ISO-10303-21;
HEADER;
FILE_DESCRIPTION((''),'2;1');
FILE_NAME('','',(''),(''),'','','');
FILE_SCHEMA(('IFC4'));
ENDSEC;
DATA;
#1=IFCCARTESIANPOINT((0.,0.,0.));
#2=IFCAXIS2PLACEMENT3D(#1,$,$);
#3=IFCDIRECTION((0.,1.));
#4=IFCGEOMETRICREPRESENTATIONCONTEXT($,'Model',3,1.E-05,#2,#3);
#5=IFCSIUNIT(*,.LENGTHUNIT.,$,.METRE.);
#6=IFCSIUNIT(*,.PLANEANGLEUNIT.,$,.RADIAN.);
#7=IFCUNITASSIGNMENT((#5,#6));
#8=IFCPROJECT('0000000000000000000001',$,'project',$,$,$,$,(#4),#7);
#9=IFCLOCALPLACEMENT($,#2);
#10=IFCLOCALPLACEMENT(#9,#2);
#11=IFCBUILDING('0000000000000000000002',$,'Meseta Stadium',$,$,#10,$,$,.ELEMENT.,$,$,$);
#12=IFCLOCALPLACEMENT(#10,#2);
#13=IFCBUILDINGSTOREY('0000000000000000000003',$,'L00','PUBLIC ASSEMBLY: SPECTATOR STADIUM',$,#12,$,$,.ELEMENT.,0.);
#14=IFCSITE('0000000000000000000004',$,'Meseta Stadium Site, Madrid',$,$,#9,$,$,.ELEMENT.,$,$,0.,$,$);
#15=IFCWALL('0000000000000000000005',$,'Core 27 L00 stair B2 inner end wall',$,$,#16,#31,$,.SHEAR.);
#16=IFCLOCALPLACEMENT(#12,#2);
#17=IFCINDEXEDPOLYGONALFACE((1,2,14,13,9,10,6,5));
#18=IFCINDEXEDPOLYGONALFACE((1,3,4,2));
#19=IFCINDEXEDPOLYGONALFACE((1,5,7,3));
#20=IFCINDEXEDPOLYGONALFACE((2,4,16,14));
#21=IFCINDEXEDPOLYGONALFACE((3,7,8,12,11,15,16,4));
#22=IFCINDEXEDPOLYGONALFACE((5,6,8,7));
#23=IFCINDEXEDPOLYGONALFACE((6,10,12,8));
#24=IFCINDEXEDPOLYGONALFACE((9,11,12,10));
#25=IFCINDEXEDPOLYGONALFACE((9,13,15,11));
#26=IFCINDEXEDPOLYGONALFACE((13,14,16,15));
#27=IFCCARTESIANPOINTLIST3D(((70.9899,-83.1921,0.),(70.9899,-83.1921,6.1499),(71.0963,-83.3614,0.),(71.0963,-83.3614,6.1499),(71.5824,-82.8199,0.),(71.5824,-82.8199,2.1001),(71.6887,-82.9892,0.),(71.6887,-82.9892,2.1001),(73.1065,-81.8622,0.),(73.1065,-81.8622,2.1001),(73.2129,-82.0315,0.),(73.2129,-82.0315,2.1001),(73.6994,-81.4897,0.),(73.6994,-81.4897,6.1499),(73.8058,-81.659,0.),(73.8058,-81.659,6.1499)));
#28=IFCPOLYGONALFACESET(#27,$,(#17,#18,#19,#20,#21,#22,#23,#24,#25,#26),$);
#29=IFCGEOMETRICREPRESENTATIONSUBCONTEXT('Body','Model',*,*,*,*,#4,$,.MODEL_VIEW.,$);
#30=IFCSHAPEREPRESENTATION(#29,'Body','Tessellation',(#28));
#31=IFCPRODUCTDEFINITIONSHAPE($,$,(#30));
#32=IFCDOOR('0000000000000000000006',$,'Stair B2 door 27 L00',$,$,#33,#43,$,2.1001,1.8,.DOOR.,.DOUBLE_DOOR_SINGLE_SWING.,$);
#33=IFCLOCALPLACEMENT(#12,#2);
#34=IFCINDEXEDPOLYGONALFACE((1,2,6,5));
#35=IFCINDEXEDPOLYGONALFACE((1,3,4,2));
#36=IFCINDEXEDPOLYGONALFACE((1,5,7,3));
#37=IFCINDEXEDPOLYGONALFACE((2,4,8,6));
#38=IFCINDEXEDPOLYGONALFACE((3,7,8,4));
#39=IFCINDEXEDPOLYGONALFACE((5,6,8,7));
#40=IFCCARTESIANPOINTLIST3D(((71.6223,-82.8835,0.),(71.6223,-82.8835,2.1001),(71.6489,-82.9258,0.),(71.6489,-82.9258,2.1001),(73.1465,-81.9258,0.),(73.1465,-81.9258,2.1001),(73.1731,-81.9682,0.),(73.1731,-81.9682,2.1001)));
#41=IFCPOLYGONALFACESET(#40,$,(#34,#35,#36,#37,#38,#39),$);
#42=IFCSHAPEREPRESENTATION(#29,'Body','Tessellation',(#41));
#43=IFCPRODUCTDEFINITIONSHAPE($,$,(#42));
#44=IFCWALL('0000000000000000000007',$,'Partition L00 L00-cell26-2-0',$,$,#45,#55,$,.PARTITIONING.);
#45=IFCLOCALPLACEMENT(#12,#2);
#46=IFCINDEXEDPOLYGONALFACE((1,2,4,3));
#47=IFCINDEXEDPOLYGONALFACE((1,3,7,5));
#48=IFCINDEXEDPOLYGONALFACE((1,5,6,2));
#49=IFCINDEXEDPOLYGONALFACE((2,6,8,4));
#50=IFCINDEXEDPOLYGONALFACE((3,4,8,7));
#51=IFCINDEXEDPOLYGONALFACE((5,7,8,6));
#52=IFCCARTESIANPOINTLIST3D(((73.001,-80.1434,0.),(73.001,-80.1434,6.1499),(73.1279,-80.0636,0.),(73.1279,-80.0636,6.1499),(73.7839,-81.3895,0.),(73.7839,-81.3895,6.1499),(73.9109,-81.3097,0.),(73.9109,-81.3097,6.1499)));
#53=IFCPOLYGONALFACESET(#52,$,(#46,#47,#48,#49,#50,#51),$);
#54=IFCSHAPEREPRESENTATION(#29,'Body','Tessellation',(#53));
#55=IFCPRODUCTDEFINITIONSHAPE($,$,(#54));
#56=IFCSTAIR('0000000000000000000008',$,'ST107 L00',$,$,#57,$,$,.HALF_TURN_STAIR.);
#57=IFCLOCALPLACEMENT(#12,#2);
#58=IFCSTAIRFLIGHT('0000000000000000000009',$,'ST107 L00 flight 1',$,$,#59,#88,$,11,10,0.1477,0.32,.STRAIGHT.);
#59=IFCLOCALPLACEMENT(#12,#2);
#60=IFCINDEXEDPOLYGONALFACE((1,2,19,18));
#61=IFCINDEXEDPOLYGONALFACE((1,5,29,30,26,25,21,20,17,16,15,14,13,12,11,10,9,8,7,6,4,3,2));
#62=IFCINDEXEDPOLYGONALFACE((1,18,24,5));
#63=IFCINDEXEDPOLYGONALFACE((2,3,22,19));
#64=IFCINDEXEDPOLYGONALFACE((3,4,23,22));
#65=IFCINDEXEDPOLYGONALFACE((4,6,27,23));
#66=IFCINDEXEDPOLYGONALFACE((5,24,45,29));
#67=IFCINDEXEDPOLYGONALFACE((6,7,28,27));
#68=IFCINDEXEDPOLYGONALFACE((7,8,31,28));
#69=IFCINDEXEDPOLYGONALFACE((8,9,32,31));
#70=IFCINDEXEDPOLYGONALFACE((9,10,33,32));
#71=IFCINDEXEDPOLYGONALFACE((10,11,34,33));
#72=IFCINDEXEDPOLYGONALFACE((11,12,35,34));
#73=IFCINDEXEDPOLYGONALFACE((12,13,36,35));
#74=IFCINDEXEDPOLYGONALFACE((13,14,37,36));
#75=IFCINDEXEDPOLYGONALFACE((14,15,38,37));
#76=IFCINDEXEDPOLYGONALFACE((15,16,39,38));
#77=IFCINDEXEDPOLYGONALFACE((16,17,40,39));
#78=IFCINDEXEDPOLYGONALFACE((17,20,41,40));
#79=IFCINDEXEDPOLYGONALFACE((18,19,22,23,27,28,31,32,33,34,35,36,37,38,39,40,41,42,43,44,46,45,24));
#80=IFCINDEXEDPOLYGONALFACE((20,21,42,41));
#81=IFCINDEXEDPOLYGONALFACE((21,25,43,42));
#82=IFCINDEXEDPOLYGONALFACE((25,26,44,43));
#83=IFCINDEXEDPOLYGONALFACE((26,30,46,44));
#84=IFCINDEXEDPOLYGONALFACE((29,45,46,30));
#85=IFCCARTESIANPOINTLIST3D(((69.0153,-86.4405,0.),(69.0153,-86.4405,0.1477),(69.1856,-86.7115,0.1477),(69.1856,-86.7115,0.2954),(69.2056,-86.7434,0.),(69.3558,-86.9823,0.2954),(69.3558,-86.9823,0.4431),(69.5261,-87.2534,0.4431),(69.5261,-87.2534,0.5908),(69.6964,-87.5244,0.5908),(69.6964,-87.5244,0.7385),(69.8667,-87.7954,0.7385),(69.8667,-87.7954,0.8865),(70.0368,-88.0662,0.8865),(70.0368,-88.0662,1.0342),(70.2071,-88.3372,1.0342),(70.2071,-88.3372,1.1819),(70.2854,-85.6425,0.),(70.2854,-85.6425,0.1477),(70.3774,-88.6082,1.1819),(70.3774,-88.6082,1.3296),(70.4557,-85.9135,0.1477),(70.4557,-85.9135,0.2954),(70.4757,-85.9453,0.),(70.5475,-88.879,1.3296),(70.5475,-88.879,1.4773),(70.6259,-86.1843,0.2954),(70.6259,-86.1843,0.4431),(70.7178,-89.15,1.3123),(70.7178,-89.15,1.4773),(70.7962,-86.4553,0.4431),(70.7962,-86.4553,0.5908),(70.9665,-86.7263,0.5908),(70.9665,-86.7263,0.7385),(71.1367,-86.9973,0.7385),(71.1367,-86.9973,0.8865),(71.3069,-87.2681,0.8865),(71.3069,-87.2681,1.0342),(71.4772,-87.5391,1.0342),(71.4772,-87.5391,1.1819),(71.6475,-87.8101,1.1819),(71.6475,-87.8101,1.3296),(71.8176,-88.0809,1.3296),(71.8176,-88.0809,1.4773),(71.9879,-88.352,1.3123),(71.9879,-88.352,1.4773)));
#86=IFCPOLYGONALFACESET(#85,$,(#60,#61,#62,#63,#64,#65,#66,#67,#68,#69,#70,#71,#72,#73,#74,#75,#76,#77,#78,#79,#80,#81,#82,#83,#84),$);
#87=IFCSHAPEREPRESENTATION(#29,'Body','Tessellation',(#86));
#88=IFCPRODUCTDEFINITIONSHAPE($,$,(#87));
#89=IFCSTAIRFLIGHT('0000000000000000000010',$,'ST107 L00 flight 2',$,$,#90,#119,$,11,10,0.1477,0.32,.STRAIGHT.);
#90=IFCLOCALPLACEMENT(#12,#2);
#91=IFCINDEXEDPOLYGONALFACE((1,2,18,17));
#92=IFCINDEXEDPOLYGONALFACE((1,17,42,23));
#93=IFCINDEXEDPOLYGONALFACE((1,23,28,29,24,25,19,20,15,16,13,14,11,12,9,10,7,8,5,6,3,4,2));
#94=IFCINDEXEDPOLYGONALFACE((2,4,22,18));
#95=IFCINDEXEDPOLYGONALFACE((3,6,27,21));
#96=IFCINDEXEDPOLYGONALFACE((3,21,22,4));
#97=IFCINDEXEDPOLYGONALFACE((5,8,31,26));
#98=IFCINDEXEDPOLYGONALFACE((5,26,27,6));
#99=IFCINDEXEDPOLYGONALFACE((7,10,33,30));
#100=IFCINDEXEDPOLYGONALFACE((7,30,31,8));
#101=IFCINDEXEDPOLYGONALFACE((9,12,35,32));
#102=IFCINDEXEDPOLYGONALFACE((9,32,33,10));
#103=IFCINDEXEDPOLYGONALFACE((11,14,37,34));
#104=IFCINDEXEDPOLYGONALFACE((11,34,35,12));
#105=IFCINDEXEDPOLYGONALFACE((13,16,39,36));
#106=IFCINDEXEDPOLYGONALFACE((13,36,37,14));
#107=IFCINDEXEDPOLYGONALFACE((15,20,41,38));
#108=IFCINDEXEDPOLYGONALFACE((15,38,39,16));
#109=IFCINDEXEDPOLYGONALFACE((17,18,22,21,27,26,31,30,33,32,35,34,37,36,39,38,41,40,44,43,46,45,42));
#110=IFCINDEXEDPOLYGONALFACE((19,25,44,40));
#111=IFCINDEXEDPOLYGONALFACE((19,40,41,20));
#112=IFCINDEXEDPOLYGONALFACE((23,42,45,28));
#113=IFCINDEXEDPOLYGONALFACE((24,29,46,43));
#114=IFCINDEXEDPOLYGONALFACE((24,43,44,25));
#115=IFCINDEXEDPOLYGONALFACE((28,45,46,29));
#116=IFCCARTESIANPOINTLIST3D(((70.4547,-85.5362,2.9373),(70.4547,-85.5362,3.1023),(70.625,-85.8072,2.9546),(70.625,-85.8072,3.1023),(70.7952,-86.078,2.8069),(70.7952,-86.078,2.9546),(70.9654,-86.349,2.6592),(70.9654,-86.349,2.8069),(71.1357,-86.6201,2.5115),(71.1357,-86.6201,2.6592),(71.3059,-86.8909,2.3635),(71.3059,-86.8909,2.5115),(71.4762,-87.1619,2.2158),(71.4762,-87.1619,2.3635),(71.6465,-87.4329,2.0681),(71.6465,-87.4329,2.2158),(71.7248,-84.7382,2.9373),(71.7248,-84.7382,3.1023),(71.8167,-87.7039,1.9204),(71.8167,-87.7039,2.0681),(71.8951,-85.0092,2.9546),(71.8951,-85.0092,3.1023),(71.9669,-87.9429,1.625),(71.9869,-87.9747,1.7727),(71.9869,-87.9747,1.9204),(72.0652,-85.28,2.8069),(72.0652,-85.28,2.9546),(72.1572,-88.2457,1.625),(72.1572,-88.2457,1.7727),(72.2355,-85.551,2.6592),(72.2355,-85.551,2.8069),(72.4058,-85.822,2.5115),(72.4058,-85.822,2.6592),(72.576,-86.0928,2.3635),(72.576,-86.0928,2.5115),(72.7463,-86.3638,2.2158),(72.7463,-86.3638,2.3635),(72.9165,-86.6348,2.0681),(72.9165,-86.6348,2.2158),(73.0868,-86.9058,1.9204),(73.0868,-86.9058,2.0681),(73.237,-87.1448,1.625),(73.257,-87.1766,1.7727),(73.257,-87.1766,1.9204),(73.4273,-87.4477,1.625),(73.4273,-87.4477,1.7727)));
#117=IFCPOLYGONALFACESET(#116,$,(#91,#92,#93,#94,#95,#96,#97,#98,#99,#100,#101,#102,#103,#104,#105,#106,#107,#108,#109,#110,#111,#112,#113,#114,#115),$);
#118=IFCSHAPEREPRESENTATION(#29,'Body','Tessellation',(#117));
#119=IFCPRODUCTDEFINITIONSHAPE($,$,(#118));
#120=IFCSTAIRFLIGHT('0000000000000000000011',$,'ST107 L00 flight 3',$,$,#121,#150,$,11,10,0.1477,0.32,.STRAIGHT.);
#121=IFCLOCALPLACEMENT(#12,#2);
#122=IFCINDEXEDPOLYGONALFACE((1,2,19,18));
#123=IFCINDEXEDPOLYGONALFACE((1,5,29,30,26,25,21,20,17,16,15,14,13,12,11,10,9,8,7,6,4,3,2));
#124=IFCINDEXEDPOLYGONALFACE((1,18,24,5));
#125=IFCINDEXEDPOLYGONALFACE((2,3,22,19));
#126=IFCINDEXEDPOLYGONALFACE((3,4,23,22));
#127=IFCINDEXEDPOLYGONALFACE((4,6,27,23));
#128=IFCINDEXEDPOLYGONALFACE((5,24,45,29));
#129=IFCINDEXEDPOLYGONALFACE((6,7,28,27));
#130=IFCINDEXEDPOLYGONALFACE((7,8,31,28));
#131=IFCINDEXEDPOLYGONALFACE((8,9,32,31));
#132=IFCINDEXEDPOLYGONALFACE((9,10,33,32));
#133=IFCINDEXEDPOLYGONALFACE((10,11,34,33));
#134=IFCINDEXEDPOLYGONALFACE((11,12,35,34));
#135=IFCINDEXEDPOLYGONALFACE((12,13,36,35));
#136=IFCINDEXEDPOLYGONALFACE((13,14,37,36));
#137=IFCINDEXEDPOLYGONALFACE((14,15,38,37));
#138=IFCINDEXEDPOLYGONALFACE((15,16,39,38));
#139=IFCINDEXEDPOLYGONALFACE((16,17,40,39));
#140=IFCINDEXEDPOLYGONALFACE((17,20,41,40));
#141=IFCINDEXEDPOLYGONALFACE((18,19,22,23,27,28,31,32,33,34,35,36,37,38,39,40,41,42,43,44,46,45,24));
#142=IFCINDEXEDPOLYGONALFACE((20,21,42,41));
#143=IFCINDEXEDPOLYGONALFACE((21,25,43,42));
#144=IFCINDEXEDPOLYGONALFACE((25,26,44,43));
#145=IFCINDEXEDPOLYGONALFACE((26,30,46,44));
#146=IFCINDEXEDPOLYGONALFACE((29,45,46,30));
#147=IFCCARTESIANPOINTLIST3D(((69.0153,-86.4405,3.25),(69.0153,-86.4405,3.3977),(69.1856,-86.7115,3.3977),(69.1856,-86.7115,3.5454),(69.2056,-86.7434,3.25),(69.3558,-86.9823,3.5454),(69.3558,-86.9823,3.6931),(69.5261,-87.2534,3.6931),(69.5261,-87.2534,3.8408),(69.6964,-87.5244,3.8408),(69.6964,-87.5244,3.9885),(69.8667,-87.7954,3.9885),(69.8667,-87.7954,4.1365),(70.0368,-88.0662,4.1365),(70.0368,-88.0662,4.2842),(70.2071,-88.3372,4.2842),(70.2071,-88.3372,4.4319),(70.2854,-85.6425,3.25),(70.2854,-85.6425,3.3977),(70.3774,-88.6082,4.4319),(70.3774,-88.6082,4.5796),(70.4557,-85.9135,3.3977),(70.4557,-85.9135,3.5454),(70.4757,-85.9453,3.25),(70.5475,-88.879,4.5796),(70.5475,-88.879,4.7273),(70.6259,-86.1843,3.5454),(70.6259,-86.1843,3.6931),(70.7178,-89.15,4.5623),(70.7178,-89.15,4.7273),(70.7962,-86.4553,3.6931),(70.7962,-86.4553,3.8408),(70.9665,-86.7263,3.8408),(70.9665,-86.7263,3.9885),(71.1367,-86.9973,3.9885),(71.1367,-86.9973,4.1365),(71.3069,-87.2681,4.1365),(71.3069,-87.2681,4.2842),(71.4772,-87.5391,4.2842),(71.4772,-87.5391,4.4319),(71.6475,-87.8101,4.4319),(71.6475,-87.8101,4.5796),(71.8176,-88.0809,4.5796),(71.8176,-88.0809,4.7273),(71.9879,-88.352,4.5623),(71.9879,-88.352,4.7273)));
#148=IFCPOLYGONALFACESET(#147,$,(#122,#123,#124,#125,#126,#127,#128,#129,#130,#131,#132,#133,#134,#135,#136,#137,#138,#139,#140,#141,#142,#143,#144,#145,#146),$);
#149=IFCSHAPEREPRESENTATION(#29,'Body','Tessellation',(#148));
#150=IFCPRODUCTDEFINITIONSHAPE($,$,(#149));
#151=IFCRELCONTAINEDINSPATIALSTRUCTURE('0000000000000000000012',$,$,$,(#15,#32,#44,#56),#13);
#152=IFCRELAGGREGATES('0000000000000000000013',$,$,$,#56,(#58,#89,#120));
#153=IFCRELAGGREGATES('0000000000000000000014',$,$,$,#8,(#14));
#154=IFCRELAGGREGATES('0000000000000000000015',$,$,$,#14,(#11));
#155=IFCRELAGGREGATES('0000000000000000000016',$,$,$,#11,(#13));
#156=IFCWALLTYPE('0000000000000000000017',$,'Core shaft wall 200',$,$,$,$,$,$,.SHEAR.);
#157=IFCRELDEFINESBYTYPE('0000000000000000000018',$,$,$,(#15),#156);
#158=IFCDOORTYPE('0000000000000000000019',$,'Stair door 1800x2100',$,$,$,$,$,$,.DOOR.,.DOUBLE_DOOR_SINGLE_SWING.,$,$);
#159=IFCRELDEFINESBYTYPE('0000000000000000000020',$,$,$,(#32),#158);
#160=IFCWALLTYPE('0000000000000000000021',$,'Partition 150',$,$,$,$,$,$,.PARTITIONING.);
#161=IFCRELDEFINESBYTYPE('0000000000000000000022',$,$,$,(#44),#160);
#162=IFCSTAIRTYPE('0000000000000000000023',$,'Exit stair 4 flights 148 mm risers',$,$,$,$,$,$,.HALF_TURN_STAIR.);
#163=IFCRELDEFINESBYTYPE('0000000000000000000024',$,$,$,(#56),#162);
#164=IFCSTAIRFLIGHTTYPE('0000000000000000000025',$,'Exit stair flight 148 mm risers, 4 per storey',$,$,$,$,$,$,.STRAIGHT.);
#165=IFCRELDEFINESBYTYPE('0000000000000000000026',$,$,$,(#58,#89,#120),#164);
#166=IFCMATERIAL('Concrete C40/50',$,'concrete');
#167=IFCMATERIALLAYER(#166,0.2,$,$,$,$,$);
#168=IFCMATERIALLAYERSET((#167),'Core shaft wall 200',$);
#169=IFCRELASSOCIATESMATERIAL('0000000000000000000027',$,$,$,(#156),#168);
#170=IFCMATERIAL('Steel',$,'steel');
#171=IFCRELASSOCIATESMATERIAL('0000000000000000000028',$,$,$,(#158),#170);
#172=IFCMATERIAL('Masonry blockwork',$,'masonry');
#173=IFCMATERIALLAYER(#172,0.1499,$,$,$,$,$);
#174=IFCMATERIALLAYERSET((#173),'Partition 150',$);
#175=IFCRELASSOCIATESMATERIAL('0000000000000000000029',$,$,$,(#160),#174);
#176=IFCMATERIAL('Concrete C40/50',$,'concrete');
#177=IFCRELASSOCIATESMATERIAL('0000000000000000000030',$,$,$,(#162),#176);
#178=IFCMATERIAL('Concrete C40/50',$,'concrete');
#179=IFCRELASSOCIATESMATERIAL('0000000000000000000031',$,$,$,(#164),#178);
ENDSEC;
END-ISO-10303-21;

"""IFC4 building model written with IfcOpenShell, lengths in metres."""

from ifc_helpers import new_model, si_unit, direction, frame, frame_2d, origin, place, context, subcontext, project, spatial, polyline, rectangle, outline, extrude, material, layer, layer_set, type_object, element, fill, aggregate, save


model = new_model("IFC4")

# Units and contexts
model_context = context("Model", 3, precision=1e-05, world=origin(), true_north=direction((0.0, 1.0)))
body_context = subcontext(model_context, "Body", "Model", "MODEL_VIEW")
ifc_project = project(units=[si_unit("LENGTHUNIT", "METRE"), si_unit("PLANEANGLEUNIT", "RADIAN")], contexts=[model_context])

# Site, building, storey
site_placement = place(None, origin())
site = spatial("IfcSite", under=ifc_project, at=site_placement, Name="Meseta Stadium Site, Madrid", CompositionType="ELEMENT", RefElevation=0.0)
building_placement = place(site_placement, origin())
building = spatial("IfcBuilding", under=site, at=building_placement, Name="Meseta Stadium", CompositionType="ELEMENT")
storey_placement = place(building_placement, origin())
storey = spatial("IfcBuildingStorey", under=building, at=storey_placement, Name="L00", Description="PUBLIC ASSEMBLY: SPECTATOR STADIUM", CompositionType="ELEMENT", Elevation=0.0)

# Wall, opening, door
ifc_material_1 = material(Name="Concrete C40/50", Category="concrete")
ifc_layer_1 = layer(ifc_material_1, 0.2)
ifc_layer_set_1 = layer_set([ifc_layer_1], Name="Core shaft wall 200")
wall_type_1 = type_object("IfcWallType", Name="Core shaft wall 200", PredefinedType="SHEAR", material=ifc_layer_set_1)
wall_1_placement = place(storey_placement, frame((71.043, -83.2769, 0.0), z_axis=(0.0, 0.0, 1.0), x_axis=(0.846736, 0.532014, 0.0)))
wall_1 = element("IfcWall", 1, at=wall_1_placement, inside=storey, type_object=wall_type_1, Name="Core 27 L00 stair B2 inner end wall", PredefinedType="SHEAR", context=body_context, shape_type="SweptSolid", body=[
    extrude(rectangle(XDim=3.2, YDim=0.2, at=frame_2d((1.6001, 0.0))), origin(), (0.0, 0.0, 1.0), 6.1499),
])
opening_placement = place(wall_1_placement, frame((0.7, 0.0, 0.0)))
opening = element("IfcOpeningElement", 2, at=opening_placement, cuts=wall_1, PredefinedType="OPENING", context=body_context, shape_type="SweptSolid", body=[
    extrude(rectangle(XDim=1.8, YDim=2.1001, at=frame_2d((0.8999, 1.05))), frame((0.0, 0.1099, 0.0), z_axis=(0.0, -1.0, 0.0), x_axis=(1.0, 0.0, 0.0)), (0.0, 0.0, 1.0), 0.22),
])
ifc_material_2 = material(Name="Steel", Category="steel")
door_type = type_object("IfcDoorType", Name="Stair door 1800x2100", OperationType="DOUBLE_DOOR_SINGLE_SWING", PredefinedType="DOOR", material=ifc_material_2)
door_placement = place(opening_placement, origin())
door = element("IfcDoor", 3, at=door_placement, inside=storey, type_object=door_type, Name="Stair B2 door 27 L00", OperationType="DOUBLE_DOOR_SINGLE_SWING", OverallHeight=2.1001, OverallWidth=1.8, PredefinedType="DOOR", context=body_context, shape_type="SweptSolid", body=[
    extrude(rectangle(XDim=1.8, YDim=2.1001, at=frame_2d((0.8999, 1.05))), frame((0.0, 0.0249, 0.0), z_axis=(0.0, -1.0, 0.0), x_axis=(1.0, 0.0, 0.0)), (0.0, 0.0, 1.0), 0.05),
])
fill(opening, door)

# Wall
ifc_material_3 = material(Name="Masonry blockwork", Category="masonry")
ifc_layer_2 = layer(ifc_material_3, 0.1499)
ifc_layer_set_2 = layer_set([ifc_layer_2], Name="Partition 150")
wall_type_2 = type_object("IfcWallType", Name="Partition 150", PredefinedType="PARTITIONING", material=ifc_layer_set_2)
wall_2_placement = place(storey_placement, frame((73.8474, -81.3496, 0.0), z_axis=(0.0, 0.0, 1.0), x_axis=(-0.532025, 0.846728, 0.0)))
element("IfcWall", 4, at=wall_2_placement, inside=storey, type_object=wall_type_2, Name="Partition L00 L00-cell26-2-0", PredefinedType="PARTITIONING", context=body_context, shape_type="SweptSolid", body=[
    extrude(rectangle(XDim=1.4717, YDim=0.1499, at=frame_2d((0.7358, 0.0))), origin(), (0.0, 0.0, 1.0), 6.1499),
])

# Stair, stair flights
ifc_material_4 = material(Name="Concrete C40/50", Category="concrete")
stair_type = type_object("IfcStairType", Name="Exit stair 4 flights 148 mm risers", PredefinedType="HALF_TURN_STAIR", material=ifc_material_4)
stair_1_placement = place(storey_placement, origin())
stair_1 = element("IfcStair", 5, at=stair_1_placement, inside=storey, type_object=stair_type, Name="ST107 L00", PredefinedType="HALF_TURN_STAIR")
ifc_material_5 = material(Name="Concrete C40/50", Category="concrete")
stair_flight_type = type_object("IfcStairFlightType", Name="Exit stair flight 148 mm risers, 4 per storey", PredefinedType="STRAIGHT", material=ifc_material_5)
stair_flight_1_placement = place(storey_placement, frame((69.6504, -86.0415, 0.0), z_axis=(0.0, 0.0, 1.0), x_axis=(0.532032, -0.846724, 0.0)))
stair_flight_1 = element("IfcStairFlight", 6, at=stair_flight_1_placement, type_object=stair_flight_type, Name="ST107 L00 flight 1", NumberOfRisers=11, NumberOfTreads=10, PredefinedType="STRAIGHT", RiserHeight=0.1477, TreadLength=0.32, context=body_context, shape_type="SweptSolid", body=[
    extrude(outline(polyline([(0.0, 0.0), (0.0, 0.1477), (0.3201, 0.1477), (0.3201, 0.2954), (0.6399, 0.2954), (0.6399, 0.4431), (0.96, 0.4431), (0.96, 0.5908), (1.28, 0.5908), (1.28, 0.7385), (1.6001, 0.7385), (1.6001, 0.8865), (1.9199, 0.8865), (1.9199, 1.0342), (2.24, 1.0342), (2.24, 1.1819), (2.5601, 1.1819), (2.5601, 1.3296), (2.8799, 1.3296), (2.8799, 1.4773), (3.2, 1.4773), (3.2, 1.3123), (0.3577, 0.0), (0.0, 0.0)])), frame((0.0, 0.75, 0.0), z_axis=(0.0, -1.0, 0.0), x_axis=(1.0, 0.0, 0.0)), (0.0, 0.0, 1.0), 1.5),
])
stair_flight_2_placement = place(storey_placement, frame((72.7922, -87.8467, 1.625), z_axis=(0.0, 0.0, 1.0), x_axis=(-0.532032, 0.846724, 0.0)))
stair_flight_2 = element("IfcStairFlight", 7, at=stair_flight_2_placement, type_object=stair_flight_type, Name="ST107 L00 flight 2", NumberOfRisers=11, NumberOfTreads=10, PredefinedType="STRAIGHT", RiserHeight=0.1477, TreadLength=0.32, context=body_context, shape_type="SweptSolid", body=[
    extrude(outline(polyline([(0.0, 0.0), (0.0, 0.1477), (0.3201, 0.1477), (0.3201, 0.2954), (0.6399, 0.2954), (0.6399, 0.4431), (0.96, 0.4431), (0.96, 0.5908), (1.28, 0.5908), (1.28, 0.7385), (1.6001, 0.7385), (1.6001, 0.8865), (1.9199, 0.8865), (1.9199, 1.0342), (2.24, 1.0342), (2.24, 1.1819), (2.5601, 1.1819), (2.5601, 1.3296), (2.8799, 1.3296), (2.8799, 1.4773), (3.2, 1.4773), (3.2, 1.3123), (0.3577, 0.0), (0.0, 0.0)])), frame((0.0, 0.75, 0.0), z_axis=(0.0, -1.0, 0.0), x_axis=(1.0, 0.0, 0.0)), (0.0, 0.0, 1.0), 1.5),
])
stair_flight_3_placement = place(storey_placement, frame((69.6504, -86.0415, 3.25), z_axis=(0.0, 0.0, 1.0), x_axis=(0.532032, -0.846724, 0.0)))
stair_flight_3 = element("IfcStairFlight", 8, at=stair_flight_3_placement, type_object=stair_flight_type, Name="ST107 L00 flight 3", NumberOfRisers=11, NumberOfTreads=10, PredefinedType="STRAIGHT", RiserHeight=0.1477, TreadLength=0.32, context=body_context, shape_type="SweptSolid", body=[
    extrude(outline(polyline([(0.0, 0.0), (0.0, 0.1477), (0.3201, 0.1477), (0.3201, 0.2954), (0.6399, 0.2954), (0.6399, 0.4431), (0.96, 0.4431), (0.96, 0.5908), (1.28, 0.5908), (1.28, 0.7385), (1.6001, 0.7385), (1.6001, 0.8865), (1.9199, 0.8865), (1.9199, 1.0342), (2.24, 1.0342), (2.24, 1.1819), (2.5601, 1.1819), (2.5601, 1.3296), (2.8799, 1.3296), (2.8799, 1.4773), (3.2, 1.4773), (3.2, 1.3123), (0.3577, 0.0), (0.0, 0.0)])), frame((0.0, 0.75, 0.0), z_axis=(0.0, -1.0, 0.0), x_axis=(1.0, 0.0, 0.0)), (0.0, 0.0, 1.0), 1.5),
])
aggregate(stair_1, [stair_flight_1, stair_flight_2, stair_flight_3])

save(model, "model.ifc")
